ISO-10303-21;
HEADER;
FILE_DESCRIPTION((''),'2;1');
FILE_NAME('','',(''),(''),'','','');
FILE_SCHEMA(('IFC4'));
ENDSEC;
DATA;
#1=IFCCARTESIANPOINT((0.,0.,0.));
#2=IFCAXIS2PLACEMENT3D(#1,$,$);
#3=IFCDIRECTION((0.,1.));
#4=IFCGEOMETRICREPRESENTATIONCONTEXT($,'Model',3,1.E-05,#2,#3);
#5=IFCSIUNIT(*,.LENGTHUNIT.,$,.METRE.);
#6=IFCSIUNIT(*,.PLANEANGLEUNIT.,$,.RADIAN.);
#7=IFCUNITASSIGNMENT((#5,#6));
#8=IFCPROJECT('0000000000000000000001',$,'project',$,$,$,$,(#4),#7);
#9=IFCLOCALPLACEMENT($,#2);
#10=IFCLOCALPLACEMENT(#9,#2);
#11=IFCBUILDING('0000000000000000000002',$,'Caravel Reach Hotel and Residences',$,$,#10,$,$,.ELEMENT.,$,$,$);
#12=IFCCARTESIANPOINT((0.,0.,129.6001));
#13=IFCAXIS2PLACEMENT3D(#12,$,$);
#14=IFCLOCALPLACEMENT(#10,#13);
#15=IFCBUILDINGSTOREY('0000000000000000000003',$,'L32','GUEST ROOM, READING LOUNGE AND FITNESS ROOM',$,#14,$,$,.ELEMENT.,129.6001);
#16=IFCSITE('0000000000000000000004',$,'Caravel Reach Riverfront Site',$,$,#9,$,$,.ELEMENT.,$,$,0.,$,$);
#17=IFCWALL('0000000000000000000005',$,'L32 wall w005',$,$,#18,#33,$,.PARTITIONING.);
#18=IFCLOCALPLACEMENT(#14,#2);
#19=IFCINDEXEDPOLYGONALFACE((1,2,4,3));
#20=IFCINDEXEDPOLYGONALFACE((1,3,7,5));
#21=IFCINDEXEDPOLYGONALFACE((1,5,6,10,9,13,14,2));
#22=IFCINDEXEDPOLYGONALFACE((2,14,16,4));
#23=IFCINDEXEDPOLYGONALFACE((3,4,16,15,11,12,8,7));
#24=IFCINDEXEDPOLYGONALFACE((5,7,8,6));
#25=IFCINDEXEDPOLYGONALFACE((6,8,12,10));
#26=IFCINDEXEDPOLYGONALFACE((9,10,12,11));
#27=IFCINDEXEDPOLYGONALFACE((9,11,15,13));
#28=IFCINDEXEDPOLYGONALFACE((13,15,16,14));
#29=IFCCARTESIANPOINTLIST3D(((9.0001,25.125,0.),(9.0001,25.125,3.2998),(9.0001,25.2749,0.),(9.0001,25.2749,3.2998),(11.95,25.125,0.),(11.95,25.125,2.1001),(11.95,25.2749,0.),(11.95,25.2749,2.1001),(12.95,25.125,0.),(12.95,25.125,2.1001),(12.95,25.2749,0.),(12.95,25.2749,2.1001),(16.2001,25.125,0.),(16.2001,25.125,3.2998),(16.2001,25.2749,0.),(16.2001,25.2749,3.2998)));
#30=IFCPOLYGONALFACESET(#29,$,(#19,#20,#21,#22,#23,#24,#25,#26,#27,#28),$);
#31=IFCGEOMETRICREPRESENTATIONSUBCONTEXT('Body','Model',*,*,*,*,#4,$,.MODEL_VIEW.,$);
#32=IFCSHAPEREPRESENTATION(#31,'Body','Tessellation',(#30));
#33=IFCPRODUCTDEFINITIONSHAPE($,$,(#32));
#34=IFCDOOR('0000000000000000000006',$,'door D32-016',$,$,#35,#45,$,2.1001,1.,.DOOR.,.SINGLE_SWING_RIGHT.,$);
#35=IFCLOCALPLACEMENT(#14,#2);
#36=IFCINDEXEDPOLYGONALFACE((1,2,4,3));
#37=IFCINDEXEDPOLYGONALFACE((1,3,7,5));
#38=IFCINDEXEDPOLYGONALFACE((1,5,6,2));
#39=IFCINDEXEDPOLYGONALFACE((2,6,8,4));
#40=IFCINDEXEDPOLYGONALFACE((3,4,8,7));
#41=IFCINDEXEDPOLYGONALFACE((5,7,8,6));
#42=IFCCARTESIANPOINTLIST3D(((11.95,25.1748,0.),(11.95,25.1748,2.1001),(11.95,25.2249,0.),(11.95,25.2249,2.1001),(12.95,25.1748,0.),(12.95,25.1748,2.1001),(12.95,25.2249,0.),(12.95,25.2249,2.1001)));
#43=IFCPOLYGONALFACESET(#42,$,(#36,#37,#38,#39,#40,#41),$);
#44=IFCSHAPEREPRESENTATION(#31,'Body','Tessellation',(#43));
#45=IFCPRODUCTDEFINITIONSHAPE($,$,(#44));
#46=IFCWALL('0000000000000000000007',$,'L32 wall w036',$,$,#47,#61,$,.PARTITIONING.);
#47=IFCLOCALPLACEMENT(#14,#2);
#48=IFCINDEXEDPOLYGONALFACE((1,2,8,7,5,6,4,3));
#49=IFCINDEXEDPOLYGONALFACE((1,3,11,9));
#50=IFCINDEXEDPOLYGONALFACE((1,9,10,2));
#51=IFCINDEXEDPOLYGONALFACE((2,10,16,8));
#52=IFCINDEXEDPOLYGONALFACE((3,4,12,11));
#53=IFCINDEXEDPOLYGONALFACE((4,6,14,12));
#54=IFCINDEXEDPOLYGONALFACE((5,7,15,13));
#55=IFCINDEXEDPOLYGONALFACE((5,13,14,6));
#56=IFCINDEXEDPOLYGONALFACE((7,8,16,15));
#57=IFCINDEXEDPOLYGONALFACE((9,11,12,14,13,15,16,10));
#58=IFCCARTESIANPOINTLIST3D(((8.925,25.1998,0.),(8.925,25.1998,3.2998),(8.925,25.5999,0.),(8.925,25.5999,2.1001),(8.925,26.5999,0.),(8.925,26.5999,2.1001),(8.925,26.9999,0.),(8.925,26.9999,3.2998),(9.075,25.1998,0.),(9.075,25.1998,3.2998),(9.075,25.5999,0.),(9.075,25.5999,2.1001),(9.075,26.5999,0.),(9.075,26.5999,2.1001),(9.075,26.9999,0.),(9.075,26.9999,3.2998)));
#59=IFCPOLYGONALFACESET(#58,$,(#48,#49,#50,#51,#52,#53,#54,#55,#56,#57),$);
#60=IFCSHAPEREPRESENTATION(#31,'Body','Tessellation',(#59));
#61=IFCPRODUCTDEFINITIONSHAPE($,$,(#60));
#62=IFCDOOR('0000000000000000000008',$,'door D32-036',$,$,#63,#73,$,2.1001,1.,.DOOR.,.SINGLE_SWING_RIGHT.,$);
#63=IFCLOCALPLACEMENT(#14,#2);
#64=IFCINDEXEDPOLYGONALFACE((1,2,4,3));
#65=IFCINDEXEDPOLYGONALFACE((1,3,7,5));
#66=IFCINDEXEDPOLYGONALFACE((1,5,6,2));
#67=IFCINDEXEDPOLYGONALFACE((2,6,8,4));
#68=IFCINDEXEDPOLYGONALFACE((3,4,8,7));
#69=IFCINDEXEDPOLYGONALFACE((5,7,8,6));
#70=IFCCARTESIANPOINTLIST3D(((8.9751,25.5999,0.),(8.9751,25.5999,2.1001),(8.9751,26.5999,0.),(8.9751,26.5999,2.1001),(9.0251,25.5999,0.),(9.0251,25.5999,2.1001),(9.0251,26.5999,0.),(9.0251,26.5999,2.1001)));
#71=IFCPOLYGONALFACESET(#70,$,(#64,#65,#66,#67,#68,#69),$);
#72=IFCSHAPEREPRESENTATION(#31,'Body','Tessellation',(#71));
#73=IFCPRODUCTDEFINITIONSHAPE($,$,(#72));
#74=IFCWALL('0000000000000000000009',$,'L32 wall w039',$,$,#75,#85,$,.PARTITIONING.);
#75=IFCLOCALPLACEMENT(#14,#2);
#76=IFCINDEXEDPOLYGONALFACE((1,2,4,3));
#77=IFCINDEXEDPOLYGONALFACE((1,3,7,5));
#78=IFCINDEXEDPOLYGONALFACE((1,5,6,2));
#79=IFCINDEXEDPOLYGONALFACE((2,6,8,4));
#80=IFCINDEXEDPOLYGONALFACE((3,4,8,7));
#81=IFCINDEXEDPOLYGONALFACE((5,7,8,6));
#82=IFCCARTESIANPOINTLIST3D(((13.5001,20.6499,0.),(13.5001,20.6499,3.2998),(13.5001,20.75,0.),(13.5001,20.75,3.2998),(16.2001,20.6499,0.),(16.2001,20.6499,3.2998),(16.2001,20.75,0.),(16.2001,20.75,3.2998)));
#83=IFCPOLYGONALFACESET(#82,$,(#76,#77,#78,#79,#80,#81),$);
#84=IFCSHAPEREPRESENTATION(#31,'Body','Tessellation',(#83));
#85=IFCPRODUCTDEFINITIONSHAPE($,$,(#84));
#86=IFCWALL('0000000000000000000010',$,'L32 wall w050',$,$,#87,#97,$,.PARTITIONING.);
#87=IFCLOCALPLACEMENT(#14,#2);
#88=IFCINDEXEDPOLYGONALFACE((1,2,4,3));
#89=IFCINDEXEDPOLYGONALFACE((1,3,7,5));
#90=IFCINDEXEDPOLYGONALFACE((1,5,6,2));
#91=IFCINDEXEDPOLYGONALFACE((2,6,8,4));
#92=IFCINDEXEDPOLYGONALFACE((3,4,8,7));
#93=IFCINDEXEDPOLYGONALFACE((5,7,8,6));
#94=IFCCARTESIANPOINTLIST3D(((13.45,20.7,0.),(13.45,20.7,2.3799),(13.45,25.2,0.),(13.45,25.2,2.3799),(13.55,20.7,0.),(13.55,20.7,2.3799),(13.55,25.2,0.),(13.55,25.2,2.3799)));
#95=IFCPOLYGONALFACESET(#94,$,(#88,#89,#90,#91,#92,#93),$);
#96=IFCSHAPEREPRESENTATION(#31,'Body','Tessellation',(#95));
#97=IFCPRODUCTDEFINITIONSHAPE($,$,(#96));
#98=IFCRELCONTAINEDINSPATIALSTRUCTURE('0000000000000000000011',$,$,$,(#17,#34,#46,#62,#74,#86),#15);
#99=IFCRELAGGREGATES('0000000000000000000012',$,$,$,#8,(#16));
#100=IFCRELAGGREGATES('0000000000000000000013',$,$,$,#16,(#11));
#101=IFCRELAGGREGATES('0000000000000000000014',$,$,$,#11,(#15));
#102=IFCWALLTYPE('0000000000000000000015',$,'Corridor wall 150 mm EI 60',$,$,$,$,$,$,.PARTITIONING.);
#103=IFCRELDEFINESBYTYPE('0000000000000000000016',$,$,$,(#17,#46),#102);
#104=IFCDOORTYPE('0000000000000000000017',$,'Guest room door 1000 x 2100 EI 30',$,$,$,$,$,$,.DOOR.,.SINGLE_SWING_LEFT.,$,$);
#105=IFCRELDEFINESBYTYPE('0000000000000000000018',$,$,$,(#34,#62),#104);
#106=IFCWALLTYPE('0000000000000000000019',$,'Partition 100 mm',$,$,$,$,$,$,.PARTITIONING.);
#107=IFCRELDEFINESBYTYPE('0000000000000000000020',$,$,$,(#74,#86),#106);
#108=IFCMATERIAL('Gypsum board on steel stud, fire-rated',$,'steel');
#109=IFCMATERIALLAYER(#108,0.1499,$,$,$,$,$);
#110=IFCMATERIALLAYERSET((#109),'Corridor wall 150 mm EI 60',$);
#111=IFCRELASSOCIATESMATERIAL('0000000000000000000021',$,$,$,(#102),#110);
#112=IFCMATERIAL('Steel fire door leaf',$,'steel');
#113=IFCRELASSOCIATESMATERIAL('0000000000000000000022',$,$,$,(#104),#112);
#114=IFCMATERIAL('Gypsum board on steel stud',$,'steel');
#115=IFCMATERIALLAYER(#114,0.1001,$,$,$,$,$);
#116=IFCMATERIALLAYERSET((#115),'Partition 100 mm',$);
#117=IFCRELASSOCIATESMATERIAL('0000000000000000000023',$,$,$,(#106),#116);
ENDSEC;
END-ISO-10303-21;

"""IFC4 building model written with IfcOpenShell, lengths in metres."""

from ifc_helpers import new_model, si_unit, direction, frame, frame_2d, origin, place, context, subcontext, project, spatial, rectangle, extrude, material, layer, layer_set, type_object, element, fill, save


model = new_model("IFC4")

# Units and contexts
model_context = context("Model", 3, precision=1e-05, world=origin(), true_north=direction((0.0, 1.0)))
body_context = subcontext(model_context, "Body", "Model", "MODEL_VIEW")
ifc_project = project(units=[si_unit("LENGTHUNIT", "METRE"), si_unit("PLANEANGLEUNIT", "RADIAN")], contexts=[model_context])

# Site, building, storey
site_placement = place(None, origin())
site = spatial("IfcSite", under=ifc_project, at=site_placement, Name="Caravel Reach Riverfront Site", CompositionType="ELEMENT", RefElevation=0.0)
building_placement = place(site_placement, origin())
building = spatial("IfcBuilding", under=site, at=building_placement, Name="Caravel Reach Hotel and Residences", CompositionType="ELEMENT")
storey_placement = place(building_placement, frame((0.0, 0.0, 129.6001)))
storey = spatial("IfcBuildingStorey", under=building, at=storey_placement, Name="L32", Description="GUEST ROOM, READING LOUNGE AND FITNESS ROOM", CompositionType="ELEMENT", Elevation=129.6001)

# Walls, openings, doors
ifc_material_1 = material(Name="Gypsum board on steel stud, fire-rated", Category="steel")
ifc_layer_1 = layer(ifc_material_1, 0.1499)
ifc_layer_set_1 = layer_set([ifc_layer_1], Name="Corridor wall 150 mm EI 60")
wall_type_1 = type_object("IfcWallType", Name="Corridor wall 150 mm EI 60", PredefinedType="PARTITIONING", material=ifc_layer_set_1)
wall_1_placement = place(storey_placement, frame((9.0, 25.2, 0.0), z_axis=(0.0, 0.0, 1.0), x_axis=(1.0, 0.0, 0.0)))
wall_1 = element("IfcWall", 1, at=wall_1_placement, inside=storey, type_object=wall_type_1, Name="L32 wall w005", PredefinedType="PARTITIONING", context=body_context, shape_type="SweptSolid", body=[
    extrude(rectangle(XDim=7.2, YDim=0.1499, at=frame_2d((3.6001, 0.0))), origin(), (0.0, 0.0, 1.0), 3.2998),
])
opening_1_placement = place(wall_1_placement, frame((2.95, 0.0, 0.0)))
opening_1 = element("IfcOpeningElement", 2, at=opening_1_placement, cuts=wall_1, PredefinedType="OPENING", context=body_context, shape_type="SweptSolid", body=[
    extrude(rectangle(XDim=1.0, YDim=2.1001, at=frame_2d((0.5, 1.05))), frame((0.0, 0.085, 0.0), z_axis=(0.0, -1.0, 0.0), x_axis=(1.0, 0.0, 0.0)), (0.0, 0.0, 1.0), 0.1699),
])
ifc_material_2 = material(Name="Steel fire door leaf", Category="steel")
door_type_1 = type_object("IfcDoorType", Name="Guest room door 1000 x 2100 EI 30", OperationType="SINGLE_SWING_LEFT", PredefinedType="DOOR", material=ifc_material_2)
door_1_placement = place(opening_1_placement, origin())
door_1 = element("IfcDoor", 3, at=door_1_placement, inside=storey, type_object=door_type_1, Name="door D32-016", OperationType="SINGLE_SWING_RIGHT", OverallHeight=2.1001, OverallWidth=1.0, PredefinedType="DOOR", context=body_context, shape_type="SweptSolid", body=[
    extrude(rectangle(XDim=1.0, YDim=2.1001, at=frame_2d((0.5, 1.05))), frame((0.0, 0.0249, 0.0), z_axis=(0.0, -1.0, 0.0), x_axis=(1.0, 0.0, 0.0)), (0.0, 0.0, 1.0), 0.05),
])
fill(opening_1, door_1)
wall_2_placement = place(storey_placement, frame((9.0, 25.2, 0.0), z_axis=(0.0, 0.0, 1.0), x_axis=(0.0, 1.0, 0.0)))
wall_2 = element("IfcWall", 4, at=wall_2_placement, inside=storey, type_object=wall_type_1, Name="L32 wall w036", PredefinedType="PARTITIONING", context=body_context, shape_type="SweptSolid", body=[
    extrude(rectangle(XDim=1.8, YDim=0.1499, at=frame_2d((0.8999, 0.0))), origin(), (0.0, 0.0, 1.0), 3.2998),
])
opening_2_placement = place(wall_2_placement, frame((0.3999, 0.0, 0.0)))
opening_2 = element("IfcOpeningElement", 5, at=opening_2_placement, cuts=wall_2, PredefinedType="OPENING", context=body_context, shape_type="SweptSolid", body=[
    extrude(rectangle(XDim=1.0, YDim=2.1001, at=frame_2d((0.5, 1.05))), frame((0.0, 0.085, 0.0), z_axis=(0.0, -1.0, 0.0), x_axis=(1.0, 0.0, 0.0)), (0.0, 0.0, 1.0), 0.1699),
])
door_2_placement = place(opening_2_placement, origin())
door_2 = element("IfcDoor", 6, at=door_2_placement, inside=storey, type_object=door_type_1, Name="door D32-036", OperationType="SINGLE_SWING_RIGHT", OverallHeight=2.1001, OverallWidth=1.0, PredefinedType="DOOR", context=body_context, shape_type="SweptSolid", body=[
    extrude(rectangle(XDim=1.0, YDim=2.1001, at=frame_2d((0.5, 1.05))), frame((0.0, 0.0249, 0.0), z_axis=(0.0, -1.0, 0.0), x_axis=(1.0, 0.0, 0.0)), (0.0, 0.0, 1.0), 0.05),
])
fill(opening_2, door_2)

# Walls
ifc_material_3 = material(Name="Gypsum board on steel stud", Category="steel")
ifc_layer_2 = layer(ifc_material_3, 0.1001)
ifc_layer_set_2 = layer_set([ifc_layer_2], Name="Partition 100 mm")
wall_type_2 = type_object("IfcWallType", Name="Partition 100 mm", PredefinedType="PARTITIONING", material=ifc_layer_set_2)
wall_3_placement = place(storey_placement, frame((13.5, 20.7, 0.0), z_axis=(0.0, 0.0, 1.0), x_axis=(1.0, 0.0, 0.0)))
element("IfcWall", 7, at=wall_3_placement, inside=storey, type_object=wall_type_2, Name="L32 wall w039", PredefinedType="PARTITIONING", context=body_context, shape_type="SweptSolid", body=[
    extrude(rectangle(XDim=2.7, YDim=0.1001, at=frame_2d((1.3501, 0.0))), origin(), (0.0, 0.0, 1.0), 3.2998),
])
wall_4_placement = place(storey_placement, frame((13.5, 20.7, 0.0), z_axis=(0.0, 0.0, 1.0), x_axis=(0.0, 1.0, 0.0)))
element("IfcWall", 8, at=wall_4_placement, inside=storey, type_object=wall_type_2, Name="L32 wall w050", PredefinedType="PARTITIONING", context=body_context, shape_type="SweptSolid", body=[
    extrude(rectangle(XDim=4.5, YDim=0.1001, at=frame_2d((2.25, 0.0))), origin(), (0.0, 0.0, 1.0), 2.3799),
])

save(model, "model.ifc")
